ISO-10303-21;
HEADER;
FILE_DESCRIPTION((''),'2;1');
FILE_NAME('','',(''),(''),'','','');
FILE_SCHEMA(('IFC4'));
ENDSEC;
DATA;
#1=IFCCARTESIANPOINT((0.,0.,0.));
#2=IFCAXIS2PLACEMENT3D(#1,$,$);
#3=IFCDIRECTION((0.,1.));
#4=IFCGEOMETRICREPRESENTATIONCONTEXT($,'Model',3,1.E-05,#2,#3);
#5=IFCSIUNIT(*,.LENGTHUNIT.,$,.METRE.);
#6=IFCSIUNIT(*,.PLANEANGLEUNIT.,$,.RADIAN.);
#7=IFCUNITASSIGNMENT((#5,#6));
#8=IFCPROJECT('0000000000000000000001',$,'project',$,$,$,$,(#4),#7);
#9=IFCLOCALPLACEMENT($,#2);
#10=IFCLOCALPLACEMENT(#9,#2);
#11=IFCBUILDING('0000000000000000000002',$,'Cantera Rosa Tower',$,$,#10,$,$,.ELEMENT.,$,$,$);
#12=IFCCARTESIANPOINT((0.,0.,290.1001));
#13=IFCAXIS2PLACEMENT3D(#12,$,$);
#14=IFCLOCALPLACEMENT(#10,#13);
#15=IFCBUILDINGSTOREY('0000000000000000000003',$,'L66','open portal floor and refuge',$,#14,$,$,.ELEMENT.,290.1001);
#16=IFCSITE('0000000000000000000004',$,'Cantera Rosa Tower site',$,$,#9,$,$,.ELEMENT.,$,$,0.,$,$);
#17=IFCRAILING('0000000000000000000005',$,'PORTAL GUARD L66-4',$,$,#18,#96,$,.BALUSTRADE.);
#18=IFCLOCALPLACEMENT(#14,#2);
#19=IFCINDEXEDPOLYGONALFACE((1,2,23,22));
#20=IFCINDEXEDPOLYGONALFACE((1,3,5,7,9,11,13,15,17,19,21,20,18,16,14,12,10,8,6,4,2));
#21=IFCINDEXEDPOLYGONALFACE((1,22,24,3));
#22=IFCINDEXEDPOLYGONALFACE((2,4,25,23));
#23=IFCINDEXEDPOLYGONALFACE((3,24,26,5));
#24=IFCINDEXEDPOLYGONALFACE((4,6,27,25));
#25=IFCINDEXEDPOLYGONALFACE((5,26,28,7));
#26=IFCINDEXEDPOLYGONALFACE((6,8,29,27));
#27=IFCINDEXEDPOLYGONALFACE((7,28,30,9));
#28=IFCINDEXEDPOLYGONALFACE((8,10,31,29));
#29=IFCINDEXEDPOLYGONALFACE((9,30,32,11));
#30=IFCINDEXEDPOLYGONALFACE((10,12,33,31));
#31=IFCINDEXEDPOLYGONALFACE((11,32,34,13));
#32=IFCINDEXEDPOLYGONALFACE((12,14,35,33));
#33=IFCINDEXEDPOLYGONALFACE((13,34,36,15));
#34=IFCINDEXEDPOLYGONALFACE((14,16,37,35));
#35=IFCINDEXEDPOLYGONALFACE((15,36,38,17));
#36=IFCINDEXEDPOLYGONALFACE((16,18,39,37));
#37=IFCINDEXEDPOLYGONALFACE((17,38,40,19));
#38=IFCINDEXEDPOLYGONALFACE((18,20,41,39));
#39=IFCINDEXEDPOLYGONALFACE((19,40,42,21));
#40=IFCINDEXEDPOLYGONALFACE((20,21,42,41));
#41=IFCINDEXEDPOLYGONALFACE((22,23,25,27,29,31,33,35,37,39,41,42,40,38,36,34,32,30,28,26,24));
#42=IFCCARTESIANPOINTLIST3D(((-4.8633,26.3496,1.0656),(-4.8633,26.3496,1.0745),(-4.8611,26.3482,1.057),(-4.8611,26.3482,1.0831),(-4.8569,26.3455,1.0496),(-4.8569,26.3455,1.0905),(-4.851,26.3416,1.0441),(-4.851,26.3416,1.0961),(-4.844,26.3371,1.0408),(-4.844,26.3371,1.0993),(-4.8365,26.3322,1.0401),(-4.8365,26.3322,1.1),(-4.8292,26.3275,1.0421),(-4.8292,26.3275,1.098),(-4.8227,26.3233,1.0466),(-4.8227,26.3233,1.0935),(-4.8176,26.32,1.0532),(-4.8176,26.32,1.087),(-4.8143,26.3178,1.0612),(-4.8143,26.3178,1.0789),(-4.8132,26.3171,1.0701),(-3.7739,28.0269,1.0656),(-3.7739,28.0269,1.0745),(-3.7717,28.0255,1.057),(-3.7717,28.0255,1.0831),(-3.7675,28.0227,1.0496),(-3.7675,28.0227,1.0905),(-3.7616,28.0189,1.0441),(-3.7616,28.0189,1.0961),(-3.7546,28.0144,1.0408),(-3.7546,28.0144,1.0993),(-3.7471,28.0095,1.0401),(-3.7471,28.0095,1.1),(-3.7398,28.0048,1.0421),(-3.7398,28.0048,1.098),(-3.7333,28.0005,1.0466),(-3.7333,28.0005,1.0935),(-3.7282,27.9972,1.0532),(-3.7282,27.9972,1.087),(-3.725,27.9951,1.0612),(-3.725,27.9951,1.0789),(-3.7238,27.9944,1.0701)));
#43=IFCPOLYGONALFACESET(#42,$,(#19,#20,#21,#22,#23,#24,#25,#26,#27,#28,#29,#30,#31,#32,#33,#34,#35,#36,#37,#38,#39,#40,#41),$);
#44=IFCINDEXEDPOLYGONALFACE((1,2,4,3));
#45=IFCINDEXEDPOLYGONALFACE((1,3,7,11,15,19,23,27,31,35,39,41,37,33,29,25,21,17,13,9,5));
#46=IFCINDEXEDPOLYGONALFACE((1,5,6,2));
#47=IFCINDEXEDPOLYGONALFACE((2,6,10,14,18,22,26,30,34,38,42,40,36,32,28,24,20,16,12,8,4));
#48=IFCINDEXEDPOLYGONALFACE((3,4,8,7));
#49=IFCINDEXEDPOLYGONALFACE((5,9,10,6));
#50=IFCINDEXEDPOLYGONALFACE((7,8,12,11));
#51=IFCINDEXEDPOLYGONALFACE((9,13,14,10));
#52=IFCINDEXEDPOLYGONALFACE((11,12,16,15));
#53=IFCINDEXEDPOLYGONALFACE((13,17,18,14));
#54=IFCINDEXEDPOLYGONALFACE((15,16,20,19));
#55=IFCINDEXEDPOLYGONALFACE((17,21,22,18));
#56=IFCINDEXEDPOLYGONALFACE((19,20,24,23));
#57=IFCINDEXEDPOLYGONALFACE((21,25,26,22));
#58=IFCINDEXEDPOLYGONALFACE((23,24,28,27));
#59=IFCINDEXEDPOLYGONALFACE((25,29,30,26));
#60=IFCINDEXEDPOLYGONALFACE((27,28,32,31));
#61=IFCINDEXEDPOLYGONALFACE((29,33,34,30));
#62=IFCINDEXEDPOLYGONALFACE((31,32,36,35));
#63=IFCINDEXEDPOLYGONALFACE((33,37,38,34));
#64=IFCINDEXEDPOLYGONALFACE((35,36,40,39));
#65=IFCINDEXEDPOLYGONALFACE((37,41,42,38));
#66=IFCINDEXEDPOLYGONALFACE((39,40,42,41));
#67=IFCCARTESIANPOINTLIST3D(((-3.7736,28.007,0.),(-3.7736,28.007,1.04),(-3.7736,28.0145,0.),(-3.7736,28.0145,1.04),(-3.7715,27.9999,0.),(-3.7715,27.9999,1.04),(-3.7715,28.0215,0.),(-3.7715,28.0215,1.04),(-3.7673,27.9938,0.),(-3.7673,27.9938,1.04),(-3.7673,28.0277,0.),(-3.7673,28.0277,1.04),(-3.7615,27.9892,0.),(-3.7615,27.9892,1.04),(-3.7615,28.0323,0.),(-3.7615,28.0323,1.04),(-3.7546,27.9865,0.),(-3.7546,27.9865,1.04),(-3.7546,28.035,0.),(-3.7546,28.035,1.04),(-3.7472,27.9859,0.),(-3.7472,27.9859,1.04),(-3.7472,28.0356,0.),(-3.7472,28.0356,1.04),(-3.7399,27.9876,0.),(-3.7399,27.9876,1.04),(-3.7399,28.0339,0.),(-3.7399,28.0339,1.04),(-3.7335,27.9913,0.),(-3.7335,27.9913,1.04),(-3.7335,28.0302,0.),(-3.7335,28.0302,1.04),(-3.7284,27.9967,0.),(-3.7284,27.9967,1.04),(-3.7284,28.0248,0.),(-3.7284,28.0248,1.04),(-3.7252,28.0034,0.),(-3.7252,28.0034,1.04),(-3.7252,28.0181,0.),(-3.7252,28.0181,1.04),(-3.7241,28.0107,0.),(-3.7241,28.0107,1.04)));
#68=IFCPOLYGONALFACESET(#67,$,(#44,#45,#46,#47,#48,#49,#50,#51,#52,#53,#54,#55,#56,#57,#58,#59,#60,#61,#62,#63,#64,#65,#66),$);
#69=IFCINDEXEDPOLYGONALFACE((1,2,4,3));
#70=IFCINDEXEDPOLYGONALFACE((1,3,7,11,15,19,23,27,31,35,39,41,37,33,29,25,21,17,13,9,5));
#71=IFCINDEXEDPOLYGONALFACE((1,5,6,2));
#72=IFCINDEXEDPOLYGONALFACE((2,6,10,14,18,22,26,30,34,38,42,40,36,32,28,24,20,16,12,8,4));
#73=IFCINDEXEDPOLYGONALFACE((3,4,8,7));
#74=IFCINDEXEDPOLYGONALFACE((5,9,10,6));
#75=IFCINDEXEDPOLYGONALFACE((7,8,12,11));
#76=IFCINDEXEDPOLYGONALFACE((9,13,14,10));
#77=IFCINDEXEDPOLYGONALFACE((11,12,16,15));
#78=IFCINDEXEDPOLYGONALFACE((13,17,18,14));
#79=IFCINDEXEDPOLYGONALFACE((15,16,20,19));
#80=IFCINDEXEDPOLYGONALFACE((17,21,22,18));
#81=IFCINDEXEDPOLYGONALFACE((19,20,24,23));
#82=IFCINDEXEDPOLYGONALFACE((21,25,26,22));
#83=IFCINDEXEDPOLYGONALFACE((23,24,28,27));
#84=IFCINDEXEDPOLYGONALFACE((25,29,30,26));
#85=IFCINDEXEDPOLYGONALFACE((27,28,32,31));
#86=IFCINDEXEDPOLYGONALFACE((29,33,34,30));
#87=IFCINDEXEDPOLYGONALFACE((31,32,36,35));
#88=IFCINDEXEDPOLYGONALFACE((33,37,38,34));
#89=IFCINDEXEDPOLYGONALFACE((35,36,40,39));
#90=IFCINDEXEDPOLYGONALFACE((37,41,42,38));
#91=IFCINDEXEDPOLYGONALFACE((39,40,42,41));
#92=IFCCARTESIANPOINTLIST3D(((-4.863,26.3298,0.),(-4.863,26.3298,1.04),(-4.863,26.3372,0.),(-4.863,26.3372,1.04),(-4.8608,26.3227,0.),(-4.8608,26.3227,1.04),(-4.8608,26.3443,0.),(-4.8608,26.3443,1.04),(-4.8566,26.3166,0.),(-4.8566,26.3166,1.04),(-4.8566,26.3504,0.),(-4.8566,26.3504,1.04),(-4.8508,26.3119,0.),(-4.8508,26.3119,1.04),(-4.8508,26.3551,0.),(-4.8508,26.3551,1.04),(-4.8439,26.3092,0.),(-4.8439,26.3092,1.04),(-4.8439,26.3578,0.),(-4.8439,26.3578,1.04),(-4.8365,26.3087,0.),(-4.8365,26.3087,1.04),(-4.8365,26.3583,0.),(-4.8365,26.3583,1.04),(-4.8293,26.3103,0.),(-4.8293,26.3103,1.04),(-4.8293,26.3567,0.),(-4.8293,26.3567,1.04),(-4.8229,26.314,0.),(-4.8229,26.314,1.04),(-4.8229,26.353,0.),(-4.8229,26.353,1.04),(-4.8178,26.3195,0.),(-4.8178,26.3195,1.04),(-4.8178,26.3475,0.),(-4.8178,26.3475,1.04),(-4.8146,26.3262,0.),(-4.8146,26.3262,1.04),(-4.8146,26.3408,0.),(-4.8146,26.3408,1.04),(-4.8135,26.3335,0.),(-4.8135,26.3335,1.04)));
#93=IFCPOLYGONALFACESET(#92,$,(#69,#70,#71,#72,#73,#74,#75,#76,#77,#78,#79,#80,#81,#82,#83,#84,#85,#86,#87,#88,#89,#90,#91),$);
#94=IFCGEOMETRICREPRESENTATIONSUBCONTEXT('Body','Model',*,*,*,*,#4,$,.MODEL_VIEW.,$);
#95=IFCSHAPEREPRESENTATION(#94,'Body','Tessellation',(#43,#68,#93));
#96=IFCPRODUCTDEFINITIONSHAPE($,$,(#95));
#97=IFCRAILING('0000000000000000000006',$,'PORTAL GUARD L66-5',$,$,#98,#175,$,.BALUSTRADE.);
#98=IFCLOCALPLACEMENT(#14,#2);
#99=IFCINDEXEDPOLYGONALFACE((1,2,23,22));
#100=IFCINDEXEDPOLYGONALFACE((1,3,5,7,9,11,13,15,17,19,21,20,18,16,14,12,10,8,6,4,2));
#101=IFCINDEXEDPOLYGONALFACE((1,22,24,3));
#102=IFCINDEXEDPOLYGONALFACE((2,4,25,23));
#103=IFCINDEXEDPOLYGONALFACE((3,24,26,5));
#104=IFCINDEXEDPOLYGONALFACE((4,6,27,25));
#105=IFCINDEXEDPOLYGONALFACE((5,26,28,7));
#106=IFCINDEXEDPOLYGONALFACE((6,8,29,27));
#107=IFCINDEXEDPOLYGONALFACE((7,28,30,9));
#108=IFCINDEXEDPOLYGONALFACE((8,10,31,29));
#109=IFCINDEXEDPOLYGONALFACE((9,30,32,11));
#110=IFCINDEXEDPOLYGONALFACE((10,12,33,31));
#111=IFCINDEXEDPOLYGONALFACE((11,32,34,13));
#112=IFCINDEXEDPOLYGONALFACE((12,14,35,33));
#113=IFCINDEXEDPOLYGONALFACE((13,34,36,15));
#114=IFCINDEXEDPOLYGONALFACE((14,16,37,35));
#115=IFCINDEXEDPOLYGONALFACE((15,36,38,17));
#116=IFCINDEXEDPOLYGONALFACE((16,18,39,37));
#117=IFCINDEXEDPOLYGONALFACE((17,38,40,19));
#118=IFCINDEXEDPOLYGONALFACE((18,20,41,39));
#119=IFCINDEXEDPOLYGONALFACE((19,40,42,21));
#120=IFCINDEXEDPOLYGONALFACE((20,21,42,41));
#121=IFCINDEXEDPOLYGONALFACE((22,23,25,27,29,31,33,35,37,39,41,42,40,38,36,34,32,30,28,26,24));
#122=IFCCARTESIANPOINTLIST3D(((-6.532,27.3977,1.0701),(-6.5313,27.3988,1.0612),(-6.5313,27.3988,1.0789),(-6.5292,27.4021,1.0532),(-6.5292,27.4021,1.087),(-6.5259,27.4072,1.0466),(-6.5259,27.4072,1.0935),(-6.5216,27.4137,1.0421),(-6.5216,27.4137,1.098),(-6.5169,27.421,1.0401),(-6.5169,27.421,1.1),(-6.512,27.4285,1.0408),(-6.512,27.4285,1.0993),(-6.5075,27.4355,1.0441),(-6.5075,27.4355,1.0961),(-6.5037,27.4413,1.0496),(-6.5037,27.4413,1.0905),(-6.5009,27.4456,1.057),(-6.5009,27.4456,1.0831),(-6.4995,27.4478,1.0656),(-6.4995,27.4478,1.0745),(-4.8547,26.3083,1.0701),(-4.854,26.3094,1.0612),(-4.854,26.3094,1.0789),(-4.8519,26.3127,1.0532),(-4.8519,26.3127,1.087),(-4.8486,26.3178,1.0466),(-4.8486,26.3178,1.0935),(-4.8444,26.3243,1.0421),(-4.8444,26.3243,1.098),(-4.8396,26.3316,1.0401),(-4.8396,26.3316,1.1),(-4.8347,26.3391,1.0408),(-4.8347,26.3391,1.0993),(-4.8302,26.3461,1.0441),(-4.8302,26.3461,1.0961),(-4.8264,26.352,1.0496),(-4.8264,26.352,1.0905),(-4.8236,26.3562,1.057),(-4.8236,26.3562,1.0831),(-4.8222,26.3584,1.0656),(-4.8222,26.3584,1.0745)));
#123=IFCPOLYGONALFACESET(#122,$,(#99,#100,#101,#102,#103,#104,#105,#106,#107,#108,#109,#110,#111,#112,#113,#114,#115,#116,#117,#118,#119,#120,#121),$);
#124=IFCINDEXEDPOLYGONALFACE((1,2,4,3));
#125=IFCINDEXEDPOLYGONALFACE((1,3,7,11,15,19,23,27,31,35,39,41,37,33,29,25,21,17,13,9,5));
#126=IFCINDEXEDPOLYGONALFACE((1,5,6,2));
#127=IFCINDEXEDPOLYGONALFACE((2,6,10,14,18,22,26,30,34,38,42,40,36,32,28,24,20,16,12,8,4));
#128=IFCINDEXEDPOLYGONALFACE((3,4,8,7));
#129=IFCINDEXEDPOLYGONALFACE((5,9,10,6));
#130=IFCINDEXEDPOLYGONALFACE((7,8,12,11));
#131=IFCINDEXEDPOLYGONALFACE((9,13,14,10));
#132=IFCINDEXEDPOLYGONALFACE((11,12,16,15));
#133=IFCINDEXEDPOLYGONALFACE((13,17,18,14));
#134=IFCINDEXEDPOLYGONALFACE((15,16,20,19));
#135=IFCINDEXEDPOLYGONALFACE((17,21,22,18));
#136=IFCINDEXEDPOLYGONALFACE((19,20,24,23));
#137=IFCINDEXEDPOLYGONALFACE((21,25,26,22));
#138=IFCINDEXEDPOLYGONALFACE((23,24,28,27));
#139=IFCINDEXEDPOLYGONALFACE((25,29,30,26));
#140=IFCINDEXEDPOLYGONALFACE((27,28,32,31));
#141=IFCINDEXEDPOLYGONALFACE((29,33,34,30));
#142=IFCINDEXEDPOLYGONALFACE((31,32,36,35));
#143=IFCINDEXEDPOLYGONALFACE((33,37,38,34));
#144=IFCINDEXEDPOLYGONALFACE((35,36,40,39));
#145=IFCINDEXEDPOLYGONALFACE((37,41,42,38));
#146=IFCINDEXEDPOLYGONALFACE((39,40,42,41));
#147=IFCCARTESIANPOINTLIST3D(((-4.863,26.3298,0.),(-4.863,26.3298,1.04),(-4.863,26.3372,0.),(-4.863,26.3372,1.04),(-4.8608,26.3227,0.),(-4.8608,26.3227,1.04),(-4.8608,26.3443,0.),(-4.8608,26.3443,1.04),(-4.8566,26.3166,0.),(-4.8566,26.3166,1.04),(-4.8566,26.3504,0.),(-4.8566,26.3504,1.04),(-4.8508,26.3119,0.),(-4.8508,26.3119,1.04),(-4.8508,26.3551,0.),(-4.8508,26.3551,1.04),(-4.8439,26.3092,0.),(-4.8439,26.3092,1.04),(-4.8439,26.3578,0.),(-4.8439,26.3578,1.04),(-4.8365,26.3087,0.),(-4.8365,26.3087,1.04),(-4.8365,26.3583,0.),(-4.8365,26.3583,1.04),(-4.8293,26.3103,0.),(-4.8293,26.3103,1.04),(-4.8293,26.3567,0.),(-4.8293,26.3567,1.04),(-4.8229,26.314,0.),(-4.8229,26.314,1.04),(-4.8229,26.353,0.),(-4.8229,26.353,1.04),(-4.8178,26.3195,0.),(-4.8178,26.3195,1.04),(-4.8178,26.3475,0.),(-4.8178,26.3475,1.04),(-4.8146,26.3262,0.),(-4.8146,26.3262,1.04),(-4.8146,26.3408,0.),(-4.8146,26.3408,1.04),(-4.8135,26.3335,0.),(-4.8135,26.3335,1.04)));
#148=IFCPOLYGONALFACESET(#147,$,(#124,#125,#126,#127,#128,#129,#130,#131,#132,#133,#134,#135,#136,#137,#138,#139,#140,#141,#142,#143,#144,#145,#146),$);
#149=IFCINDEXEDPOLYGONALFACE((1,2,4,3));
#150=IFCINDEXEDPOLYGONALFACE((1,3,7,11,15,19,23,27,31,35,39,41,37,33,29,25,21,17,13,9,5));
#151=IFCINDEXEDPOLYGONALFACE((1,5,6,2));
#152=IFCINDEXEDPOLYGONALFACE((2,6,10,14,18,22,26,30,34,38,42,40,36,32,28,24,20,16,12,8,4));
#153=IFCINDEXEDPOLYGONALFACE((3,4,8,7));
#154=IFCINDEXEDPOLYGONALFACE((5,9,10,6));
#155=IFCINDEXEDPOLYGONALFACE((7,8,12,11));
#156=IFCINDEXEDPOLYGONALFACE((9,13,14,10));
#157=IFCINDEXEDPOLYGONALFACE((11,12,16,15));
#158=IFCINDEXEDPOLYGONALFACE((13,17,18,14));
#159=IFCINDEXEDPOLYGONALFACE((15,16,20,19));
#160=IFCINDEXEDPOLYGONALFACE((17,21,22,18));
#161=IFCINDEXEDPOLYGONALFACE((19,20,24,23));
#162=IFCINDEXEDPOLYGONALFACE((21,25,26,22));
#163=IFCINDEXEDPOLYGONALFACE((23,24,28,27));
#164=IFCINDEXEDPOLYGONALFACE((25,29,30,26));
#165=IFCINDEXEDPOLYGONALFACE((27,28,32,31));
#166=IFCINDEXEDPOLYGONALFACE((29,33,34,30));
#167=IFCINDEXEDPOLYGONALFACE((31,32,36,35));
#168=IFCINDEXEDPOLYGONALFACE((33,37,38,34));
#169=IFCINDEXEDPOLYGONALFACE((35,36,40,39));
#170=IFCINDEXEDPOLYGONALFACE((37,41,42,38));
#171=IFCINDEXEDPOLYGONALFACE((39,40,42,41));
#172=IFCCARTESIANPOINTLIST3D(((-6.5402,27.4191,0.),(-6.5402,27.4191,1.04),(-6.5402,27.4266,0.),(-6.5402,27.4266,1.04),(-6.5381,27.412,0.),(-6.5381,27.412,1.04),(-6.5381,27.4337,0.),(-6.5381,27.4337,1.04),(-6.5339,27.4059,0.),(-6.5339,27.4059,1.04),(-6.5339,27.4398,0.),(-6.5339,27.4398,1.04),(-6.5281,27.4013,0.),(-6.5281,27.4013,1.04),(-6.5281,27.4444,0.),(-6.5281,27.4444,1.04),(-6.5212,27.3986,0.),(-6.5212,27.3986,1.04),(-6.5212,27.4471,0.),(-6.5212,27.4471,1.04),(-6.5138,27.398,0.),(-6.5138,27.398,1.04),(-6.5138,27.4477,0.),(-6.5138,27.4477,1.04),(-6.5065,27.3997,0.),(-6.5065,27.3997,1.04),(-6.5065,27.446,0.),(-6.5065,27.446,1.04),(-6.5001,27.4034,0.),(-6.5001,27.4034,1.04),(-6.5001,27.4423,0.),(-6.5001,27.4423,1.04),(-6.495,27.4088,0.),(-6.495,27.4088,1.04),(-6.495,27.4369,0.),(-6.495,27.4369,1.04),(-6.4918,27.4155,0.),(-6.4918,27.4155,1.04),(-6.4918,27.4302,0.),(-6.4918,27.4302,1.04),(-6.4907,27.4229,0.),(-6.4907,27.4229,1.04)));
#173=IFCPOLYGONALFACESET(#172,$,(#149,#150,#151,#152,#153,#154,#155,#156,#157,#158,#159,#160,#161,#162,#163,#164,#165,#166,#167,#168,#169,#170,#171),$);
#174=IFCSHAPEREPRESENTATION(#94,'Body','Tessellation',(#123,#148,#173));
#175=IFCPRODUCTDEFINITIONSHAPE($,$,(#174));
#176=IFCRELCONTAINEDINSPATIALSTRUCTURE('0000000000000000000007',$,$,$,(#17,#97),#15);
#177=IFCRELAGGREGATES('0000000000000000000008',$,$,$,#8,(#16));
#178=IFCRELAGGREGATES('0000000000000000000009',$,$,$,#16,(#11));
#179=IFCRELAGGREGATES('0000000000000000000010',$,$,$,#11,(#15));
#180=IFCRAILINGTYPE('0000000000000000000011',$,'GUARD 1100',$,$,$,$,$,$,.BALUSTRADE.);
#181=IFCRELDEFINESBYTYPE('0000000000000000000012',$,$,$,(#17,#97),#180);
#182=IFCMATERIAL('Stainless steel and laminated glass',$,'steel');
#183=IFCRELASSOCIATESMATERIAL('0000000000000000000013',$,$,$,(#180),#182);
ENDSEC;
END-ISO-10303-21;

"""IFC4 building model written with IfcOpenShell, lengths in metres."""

from ifc_helpers import new_model, si_unit, direction, frame, origin, origin_2d, place, context, subcontext, project, spatial, circle, extrude, material, type_object, element, save


model = new_model("IFC4")

# Units and contexts
model_context = context("Model", 3, precision=1e-05, world=origin(), true_north=direction((0.0, 1.0)))
body_context = subcontext(model_context, "Body", "Model", "MODEL_VIEW")
ifc_project = project(units=[si_unit("LENGTHUNIT", "METRE"), si_unit("PLANEANGLEUNIT", "RADIAN")], contexts=[model_context])

# Site, building, storey
site_placement = place(None, origin())
site = spatial("IfcSite", under=ifc_project, at=site_placement, Name="Cantera Rosa Tower site", CompositionType="ELEMENT", RefElevation=0.0)
building_placement = place(site_placement, origin())
building = spatial("IfcBuilding", under=site, at=building_placement, Name="Cantera Rosa Tower", CompositionType="ELEMENT")
storey_placement = place(building_placement, frame((0.0, 0.0, 290.1001)))
storey = spatial("IfcBuildingStorey", under=building, at=storey_placement, Name="L66", Description="open portal floor and refuge", CompositionType="ELEMENT", Elevation=290.1001)

# Railings
ifc_material_1 = material(Name="Stainless steel and laminated glass", Category="steel")
railing_type_1 = type_object("IfcRailingType", Name="GUARD 1100", PredefinedType="BALUSTRADE", material=ifc_material_1)
railing_1_placement = place(storey_placement, frame((-3.749, 28.0107, 0.0)))
element("IfcRailing", 1, at=railing_1_placement, inside=storey, type_object=railing_type_1, Name="PORTAL GUARD L66-4", PredefinedType="BALUSTRADE", context=body_context, shape_type="SweptSolid", body=[
    extrude(circle(Radius=0.03, at=origin_2d()), frame((0.0, 0.0, 1.0701), z_axis=(-0.544688, -0.838639, 0.0), x_axis=(0.838639, -0.544688, 0.0)), (0.0, 0.0, 1.0), 2.0),
    extrude(circle(Radius=0.0249, at=origin_2d()), origin(), (0.0, 0.0, 1.0), 1.04),
    extrude(circle(Radius=0.0249, at=origin_2d()), frame((-1.0894, -1.6772, 0.0)), (0.0, 0.0, 1.0), 1.04),
])
railing_2_placement = place(storey_placement, frame((-4.8384, 26.3335, 0.0)))
element("IfcRailing", 2, at=railing_2_placement, inside=storey, type_object=railing_type_1, Name="PORTAL GUARD L66-5", PredefinedType="BALUSTRADE", context=body_context, shape_type="SweptSolid", body=[
    extrude(circle(Radius=0.03, at=origin_2d()), frame((0.0, 0.0, 1.0701), z_axis=(-0.838639, 0.544688, 0.0), x_axis=(-0.544688, -0.838639, 0.0)), (0.0, 0.0, 1.0), 2.0),
    extrude(circle(Radius=0.0249, at=origin_2d()), origin(), (0.0, 0.0, 1.0), 1.04),
    extrude(circle(Radius=0.0249, at=origin_2d()), frame((-1.6772, 1.0894, 0.0)), (0.0, 0.0, 1.0), 1.04),
])

save(model, "model.ifc")
